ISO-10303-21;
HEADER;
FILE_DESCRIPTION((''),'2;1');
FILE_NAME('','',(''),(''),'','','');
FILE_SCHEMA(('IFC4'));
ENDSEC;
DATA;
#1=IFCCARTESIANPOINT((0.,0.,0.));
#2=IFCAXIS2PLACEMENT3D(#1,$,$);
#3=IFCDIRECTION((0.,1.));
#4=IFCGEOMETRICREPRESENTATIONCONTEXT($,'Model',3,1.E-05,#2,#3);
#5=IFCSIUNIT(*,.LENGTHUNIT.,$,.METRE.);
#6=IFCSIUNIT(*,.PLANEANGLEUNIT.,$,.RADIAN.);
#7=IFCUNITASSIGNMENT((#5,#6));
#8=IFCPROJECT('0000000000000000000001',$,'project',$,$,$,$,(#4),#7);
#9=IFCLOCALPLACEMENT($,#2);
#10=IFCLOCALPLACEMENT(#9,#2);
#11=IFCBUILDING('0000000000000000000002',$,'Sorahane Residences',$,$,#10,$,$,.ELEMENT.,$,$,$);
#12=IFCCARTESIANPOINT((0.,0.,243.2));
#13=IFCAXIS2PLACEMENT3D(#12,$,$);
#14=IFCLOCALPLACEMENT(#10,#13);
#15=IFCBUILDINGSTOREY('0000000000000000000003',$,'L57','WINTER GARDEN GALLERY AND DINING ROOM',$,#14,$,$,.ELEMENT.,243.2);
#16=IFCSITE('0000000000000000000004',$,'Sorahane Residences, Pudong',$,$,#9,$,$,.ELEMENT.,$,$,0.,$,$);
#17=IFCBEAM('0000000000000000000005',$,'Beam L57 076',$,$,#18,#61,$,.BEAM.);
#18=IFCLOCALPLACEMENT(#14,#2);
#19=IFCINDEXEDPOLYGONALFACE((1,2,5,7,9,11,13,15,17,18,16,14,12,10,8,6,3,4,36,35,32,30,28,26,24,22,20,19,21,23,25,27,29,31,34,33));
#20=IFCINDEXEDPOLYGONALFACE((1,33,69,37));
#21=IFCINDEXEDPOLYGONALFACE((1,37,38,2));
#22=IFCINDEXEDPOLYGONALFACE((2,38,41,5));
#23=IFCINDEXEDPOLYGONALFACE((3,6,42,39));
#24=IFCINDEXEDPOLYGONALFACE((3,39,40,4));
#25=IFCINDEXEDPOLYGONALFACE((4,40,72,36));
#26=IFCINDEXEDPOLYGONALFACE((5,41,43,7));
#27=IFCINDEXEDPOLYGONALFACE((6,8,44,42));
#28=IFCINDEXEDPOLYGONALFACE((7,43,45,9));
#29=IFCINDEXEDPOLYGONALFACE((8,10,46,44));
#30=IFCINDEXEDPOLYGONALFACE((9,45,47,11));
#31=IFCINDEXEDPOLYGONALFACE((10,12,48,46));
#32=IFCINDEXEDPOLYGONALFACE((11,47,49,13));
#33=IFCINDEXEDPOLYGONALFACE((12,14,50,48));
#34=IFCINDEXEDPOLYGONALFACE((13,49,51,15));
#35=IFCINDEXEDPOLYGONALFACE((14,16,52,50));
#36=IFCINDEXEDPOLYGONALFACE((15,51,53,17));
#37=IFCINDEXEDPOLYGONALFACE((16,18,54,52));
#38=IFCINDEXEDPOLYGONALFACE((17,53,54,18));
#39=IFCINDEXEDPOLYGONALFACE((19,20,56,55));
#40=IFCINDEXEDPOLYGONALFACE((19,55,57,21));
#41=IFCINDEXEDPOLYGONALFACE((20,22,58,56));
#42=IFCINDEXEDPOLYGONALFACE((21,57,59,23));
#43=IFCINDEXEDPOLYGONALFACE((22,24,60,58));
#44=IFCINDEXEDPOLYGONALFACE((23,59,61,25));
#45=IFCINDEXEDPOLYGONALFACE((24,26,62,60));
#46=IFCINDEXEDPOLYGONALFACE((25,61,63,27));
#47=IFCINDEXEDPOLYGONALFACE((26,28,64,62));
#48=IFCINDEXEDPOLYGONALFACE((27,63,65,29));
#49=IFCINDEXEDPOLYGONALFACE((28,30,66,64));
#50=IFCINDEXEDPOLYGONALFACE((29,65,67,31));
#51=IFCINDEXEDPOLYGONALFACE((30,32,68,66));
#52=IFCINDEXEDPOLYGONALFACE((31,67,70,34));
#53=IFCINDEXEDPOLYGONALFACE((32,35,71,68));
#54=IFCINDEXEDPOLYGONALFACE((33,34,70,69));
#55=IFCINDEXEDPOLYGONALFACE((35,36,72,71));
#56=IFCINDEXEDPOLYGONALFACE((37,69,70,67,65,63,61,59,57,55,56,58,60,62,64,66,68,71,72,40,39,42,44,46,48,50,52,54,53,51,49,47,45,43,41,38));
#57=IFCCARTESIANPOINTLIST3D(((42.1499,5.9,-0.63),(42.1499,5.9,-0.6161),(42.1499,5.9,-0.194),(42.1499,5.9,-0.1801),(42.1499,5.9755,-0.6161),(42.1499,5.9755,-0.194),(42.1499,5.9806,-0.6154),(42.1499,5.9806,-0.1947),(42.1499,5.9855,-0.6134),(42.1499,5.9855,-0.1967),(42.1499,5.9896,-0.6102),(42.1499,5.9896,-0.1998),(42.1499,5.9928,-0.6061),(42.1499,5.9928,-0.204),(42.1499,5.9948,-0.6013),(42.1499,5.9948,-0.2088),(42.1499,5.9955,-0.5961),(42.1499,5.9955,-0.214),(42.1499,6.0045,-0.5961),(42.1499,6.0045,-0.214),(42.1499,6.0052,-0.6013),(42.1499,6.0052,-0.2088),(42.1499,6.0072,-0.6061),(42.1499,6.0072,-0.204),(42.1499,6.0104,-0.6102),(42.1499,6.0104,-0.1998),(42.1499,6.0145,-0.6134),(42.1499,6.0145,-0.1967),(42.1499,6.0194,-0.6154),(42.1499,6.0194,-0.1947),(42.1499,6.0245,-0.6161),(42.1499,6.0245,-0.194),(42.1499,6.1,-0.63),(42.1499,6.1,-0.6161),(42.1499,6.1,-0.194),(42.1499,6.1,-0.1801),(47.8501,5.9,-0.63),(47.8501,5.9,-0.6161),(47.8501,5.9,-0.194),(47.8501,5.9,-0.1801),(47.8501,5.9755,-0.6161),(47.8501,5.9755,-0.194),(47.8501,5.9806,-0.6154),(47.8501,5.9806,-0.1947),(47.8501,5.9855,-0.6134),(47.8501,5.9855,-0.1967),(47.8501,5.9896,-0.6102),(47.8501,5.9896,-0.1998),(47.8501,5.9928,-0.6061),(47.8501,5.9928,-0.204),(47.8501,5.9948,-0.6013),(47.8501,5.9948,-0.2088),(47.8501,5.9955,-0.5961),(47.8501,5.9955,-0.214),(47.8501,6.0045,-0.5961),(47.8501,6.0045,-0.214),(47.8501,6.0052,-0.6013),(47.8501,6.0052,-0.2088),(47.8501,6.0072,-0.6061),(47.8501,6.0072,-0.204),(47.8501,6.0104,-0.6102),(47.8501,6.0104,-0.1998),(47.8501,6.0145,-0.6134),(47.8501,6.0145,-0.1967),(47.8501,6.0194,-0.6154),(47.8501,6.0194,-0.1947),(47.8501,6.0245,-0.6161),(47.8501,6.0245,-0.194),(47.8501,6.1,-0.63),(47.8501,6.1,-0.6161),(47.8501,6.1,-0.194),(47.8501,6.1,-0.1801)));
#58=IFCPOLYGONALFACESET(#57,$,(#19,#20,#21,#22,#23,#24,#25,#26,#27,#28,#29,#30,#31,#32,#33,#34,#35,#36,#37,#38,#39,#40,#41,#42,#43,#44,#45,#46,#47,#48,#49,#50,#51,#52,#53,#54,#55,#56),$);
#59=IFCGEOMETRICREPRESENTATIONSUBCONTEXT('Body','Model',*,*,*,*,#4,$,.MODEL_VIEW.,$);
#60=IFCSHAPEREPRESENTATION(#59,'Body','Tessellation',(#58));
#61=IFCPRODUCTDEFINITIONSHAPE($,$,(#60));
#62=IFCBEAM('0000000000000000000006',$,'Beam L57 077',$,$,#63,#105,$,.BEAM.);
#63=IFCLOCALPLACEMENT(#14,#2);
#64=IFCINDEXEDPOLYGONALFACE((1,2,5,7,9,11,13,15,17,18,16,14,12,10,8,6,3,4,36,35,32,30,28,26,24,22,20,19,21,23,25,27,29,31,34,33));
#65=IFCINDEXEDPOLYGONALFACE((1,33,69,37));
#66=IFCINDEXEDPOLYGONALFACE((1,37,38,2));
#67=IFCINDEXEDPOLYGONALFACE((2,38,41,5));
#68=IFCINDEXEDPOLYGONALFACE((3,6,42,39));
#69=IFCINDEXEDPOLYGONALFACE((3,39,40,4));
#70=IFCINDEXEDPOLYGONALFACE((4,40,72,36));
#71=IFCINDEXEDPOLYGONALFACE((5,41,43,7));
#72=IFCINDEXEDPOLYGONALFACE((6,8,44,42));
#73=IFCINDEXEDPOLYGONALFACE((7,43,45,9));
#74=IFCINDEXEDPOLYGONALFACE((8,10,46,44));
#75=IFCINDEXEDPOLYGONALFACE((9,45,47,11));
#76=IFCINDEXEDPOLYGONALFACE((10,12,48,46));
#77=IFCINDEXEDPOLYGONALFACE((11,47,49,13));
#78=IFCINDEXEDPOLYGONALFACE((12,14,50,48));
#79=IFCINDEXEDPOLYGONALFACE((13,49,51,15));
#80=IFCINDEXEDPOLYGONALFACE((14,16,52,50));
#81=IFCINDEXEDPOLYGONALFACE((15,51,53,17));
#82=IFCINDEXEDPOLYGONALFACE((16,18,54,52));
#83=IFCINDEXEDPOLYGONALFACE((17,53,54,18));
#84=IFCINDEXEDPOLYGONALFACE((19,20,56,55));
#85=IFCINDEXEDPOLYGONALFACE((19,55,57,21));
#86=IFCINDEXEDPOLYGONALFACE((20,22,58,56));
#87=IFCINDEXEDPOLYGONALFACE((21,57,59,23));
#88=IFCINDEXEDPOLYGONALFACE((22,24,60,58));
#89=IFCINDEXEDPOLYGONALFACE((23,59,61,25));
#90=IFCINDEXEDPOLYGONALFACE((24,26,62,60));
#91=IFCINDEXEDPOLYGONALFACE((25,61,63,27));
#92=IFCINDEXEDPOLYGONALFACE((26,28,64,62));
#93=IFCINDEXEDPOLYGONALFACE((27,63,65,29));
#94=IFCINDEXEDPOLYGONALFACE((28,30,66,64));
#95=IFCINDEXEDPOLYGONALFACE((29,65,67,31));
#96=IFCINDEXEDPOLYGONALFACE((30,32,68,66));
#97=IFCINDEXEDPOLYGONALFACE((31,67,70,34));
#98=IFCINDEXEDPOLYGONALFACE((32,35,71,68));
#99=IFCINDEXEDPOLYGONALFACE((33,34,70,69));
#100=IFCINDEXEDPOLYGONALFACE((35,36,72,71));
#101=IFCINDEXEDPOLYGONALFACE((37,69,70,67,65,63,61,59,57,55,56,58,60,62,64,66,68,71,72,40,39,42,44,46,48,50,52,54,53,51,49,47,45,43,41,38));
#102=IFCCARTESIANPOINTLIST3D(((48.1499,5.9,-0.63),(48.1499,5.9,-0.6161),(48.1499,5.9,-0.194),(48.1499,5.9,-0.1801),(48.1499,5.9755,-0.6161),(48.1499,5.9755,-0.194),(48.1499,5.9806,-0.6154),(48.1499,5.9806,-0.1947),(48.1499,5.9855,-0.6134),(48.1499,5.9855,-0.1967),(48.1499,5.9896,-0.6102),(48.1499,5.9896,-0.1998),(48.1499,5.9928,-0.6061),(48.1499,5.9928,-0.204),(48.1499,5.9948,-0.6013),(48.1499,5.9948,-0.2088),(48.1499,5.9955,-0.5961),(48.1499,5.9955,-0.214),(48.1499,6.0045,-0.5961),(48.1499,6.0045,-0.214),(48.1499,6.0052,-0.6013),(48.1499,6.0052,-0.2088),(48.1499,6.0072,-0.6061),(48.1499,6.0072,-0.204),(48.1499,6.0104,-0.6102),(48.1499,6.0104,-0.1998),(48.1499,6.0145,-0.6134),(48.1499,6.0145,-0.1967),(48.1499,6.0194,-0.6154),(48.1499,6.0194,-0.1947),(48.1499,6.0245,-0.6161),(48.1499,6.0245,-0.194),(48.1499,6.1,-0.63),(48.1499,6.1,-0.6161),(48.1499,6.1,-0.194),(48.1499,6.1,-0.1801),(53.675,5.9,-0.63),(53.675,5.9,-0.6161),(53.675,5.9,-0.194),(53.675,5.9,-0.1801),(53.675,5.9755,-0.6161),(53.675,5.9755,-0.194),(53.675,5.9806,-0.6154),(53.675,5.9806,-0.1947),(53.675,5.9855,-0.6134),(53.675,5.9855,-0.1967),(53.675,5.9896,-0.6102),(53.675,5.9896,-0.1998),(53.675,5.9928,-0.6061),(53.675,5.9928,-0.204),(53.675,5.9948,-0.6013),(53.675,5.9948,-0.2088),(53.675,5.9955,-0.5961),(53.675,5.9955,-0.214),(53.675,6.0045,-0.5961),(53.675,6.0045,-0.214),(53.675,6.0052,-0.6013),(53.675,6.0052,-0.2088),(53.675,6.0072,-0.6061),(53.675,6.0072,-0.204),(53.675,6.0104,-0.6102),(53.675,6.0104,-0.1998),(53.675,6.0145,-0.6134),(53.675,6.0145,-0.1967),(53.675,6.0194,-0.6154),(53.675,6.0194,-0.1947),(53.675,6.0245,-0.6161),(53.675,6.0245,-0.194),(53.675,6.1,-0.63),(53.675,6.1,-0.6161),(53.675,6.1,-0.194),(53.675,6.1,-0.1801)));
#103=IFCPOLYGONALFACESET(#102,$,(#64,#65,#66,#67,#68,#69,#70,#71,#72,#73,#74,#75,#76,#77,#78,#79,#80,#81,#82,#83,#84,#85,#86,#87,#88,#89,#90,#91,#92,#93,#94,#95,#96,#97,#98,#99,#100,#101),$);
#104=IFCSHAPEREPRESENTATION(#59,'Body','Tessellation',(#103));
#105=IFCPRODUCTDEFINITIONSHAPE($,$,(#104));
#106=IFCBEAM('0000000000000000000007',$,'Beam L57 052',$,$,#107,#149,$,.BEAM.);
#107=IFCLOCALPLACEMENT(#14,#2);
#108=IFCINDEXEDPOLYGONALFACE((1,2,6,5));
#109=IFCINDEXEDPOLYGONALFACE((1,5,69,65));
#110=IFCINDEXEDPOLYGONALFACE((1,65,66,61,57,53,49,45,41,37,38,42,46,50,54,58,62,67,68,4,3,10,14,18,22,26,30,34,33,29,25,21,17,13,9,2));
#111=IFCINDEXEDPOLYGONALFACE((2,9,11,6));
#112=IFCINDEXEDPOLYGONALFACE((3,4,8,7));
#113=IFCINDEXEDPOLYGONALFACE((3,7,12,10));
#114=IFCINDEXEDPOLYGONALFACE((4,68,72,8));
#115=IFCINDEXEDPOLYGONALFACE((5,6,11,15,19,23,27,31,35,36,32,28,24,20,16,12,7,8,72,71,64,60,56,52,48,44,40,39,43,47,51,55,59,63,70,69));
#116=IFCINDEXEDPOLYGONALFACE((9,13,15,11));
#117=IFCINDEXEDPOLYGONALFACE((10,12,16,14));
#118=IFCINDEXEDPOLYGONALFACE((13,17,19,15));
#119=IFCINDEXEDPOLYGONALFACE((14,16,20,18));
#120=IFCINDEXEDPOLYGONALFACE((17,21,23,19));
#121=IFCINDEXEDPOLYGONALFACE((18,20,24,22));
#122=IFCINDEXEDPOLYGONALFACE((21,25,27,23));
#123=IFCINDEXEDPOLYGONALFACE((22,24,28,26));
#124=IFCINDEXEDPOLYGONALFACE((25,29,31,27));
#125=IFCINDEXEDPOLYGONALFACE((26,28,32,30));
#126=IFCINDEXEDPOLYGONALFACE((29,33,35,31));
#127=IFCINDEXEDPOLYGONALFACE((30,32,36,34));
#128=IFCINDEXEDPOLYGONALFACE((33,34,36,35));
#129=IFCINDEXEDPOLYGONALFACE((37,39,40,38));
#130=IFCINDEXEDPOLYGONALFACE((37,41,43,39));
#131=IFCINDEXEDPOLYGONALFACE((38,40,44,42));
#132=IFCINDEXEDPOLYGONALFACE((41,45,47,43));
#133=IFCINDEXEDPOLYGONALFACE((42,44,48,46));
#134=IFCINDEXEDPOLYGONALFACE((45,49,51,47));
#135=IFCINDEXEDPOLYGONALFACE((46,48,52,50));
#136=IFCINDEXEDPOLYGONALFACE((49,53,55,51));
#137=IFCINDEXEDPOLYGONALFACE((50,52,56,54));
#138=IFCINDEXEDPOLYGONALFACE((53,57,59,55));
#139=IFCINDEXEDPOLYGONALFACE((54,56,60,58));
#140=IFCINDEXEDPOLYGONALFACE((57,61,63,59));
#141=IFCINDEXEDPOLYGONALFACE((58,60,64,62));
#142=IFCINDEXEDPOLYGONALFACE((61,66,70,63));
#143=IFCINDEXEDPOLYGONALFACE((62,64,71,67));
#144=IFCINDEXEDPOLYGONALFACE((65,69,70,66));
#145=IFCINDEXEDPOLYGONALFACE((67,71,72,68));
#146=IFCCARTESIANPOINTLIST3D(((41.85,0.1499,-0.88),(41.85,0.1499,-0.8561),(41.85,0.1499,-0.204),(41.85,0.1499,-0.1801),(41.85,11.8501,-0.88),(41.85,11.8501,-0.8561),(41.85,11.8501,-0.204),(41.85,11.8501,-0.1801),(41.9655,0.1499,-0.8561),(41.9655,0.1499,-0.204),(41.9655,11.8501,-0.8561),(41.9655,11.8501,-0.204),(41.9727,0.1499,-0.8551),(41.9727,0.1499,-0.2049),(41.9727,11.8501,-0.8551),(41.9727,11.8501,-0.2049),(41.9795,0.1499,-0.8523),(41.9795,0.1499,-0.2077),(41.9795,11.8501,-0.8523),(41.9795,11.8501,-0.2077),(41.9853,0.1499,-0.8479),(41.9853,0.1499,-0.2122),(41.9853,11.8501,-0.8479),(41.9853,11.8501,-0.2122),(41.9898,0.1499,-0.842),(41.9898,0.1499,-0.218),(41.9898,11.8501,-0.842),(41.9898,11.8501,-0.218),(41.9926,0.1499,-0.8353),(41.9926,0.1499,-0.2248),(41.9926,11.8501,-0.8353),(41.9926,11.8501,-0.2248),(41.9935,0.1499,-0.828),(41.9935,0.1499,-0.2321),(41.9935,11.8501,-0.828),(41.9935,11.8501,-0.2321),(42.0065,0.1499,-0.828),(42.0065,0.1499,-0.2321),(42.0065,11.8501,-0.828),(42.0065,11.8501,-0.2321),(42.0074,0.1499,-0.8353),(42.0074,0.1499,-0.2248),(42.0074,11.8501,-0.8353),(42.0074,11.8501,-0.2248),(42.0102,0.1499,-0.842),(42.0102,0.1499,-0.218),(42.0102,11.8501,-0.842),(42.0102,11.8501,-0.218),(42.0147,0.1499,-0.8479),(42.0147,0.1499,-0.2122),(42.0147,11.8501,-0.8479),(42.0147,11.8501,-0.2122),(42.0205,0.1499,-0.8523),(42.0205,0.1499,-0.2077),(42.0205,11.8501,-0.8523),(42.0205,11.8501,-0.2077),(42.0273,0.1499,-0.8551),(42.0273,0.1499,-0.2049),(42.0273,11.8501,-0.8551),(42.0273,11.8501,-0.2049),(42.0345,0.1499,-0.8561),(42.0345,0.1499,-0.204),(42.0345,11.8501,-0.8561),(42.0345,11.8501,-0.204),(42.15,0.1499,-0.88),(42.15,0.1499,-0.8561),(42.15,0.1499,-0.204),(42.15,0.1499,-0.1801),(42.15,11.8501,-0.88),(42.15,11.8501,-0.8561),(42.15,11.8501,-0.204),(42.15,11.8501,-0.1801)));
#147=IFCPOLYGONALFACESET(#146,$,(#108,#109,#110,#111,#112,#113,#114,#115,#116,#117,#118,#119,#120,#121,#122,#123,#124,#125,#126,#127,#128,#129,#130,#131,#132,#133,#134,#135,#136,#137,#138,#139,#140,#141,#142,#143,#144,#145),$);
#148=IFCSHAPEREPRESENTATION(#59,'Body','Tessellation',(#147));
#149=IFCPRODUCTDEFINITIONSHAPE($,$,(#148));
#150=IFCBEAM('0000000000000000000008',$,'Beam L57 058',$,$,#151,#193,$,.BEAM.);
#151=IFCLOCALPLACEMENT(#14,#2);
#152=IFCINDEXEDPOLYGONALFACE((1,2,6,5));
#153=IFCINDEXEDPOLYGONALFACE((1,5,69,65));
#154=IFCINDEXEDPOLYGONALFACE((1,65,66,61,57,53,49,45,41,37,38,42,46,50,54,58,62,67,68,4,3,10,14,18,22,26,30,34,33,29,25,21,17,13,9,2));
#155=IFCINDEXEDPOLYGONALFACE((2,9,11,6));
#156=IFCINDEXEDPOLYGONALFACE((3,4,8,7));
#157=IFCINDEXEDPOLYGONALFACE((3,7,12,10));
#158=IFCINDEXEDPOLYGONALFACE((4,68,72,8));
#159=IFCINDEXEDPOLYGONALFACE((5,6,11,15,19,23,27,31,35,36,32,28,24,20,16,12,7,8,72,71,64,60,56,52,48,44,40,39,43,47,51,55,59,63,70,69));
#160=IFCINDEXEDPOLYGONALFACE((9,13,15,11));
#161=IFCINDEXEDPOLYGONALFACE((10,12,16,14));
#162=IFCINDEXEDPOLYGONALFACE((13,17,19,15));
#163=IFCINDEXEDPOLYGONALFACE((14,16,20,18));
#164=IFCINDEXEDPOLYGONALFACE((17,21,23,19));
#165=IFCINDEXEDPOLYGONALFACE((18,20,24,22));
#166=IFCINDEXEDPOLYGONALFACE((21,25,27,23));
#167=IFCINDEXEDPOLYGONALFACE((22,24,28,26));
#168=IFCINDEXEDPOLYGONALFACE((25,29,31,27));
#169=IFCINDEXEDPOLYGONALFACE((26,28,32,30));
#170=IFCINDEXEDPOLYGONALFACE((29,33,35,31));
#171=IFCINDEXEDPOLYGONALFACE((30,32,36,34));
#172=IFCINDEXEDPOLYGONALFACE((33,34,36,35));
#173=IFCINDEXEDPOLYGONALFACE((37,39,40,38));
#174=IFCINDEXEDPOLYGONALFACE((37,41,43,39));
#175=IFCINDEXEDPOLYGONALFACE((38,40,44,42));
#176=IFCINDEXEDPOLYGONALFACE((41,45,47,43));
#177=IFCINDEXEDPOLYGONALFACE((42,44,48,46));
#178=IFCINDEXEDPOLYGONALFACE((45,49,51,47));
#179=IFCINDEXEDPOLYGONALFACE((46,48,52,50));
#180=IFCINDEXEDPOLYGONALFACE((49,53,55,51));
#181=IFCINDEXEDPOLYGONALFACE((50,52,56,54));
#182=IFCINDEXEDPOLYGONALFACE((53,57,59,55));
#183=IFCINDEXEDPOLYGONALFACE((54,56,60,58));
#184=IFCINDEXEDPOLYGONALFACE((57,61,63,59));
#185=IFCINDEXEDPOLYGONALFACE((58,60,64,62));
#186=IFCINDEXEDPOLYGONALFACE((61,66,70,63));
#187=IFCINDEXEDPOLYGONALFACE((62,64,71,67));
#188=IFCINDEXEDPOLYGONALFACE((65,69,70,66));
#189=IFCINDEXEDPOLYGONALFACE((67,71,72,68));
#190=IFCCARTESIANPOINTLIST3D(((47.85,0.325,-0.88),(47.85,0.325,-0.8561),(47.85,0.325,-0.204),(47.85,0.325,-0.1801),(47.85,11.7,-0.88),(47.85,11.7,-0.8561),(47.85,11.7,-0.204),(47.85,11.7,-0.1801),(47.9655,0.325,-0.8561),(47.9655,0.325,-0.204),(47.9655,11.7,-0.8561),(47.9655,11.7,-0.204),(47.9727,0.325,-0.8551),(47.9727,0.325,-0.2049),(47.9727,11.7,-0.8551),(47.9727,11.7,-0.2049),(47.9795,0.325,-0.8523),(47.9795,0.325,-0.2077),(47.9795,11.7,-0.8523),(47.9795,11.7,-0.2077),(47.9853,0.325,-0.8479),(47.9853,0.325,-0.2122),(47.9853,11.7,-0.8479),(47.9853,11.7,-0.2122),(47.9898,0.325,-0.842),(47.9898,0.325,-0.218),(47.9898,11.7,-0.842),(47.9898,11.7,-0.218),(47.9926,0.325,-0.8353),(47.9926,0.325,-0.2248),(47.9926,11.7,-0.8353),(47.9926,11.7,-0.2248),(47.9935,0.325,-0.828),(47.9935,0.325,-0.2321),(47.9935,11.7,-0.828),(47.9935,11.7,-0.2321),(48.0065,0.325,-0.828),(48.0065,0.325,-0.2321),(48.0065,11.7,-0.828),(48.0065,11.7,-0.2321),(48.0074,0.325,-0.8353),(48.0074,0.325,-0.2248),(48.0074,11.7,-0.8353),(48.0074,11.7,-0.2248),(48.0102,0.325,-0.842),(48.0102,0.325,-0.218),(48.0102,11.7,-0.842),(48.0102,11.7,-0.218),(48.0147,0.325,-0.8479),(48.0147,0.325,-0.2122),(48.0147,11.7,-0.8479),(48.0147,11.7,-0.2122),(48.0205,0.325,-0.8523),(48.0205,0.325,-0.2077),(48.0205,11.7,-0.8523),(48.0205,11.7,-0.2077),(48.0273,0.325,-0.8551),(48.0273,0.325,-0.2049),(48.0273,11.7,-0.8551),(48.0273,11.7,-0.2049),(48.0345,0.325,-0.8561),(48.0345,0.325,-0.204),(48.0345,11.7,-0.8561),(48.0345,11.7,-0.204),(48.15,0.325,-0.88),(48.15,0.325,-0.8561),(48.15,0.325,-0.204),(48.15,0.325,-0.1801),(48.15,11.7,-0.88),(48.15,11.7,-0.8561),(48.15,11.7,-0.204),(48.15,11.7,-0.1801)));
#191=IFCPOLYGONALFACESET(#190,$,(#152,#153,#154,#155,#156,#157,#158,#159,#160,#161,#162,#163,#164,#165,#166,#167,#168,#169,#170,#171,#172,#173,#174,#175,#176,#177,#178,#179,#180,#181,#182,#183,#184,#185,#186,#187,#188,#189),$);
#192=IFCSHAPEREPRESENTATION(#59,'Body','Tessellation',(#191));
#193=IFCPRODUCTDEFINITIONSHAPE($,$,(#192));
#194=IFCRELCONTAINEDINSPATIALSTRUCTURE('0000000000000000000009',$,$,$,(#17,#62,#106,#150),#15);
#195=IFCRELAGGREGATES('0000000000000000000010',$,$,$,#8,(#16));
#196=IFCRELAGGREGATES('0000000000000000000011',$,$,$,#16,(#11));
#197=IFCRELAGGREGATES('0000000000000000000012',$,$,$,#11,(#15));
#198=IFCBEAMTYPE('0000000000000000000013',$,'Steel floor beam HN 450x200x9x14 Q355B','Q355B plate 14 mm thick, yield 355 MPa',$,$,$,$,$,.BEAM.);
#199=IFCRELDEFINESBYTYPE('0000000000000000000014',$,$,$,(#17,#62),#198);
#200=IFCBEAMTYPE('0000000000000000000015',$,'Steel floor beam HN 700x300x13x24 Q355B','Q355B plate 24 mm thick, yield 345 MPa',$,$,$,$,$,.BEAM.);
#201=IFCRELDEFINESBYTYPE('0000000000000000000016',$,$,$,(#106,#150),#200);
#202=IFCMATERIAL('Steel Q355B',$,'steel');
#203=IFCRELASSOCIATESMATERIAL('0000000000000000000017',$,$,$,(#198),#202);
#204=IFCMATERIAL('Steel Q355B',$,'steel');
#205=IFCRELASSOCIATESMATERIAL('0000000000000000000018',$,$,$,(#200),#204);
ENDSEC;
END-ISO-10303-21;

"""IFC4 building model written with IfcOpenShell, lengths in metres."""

from ifc_helpers import new_model, si_unit, direction, frame, origin, origin_2d, place, context, subcontext, project, spatial, i_section, extrude, material, material_profile, profile_set, type_object, element, save


model = new_model("IFC4")

# Units and contexts
model_context = context("Model", 3, precision=1e-05, world=origin(), true_north=direction((0.0, 1.0)))
body_context = subcontext(model_context, "Body", "Model", "MODEL_VIEW")
ifc_project = project(units=[si_unit("LENGTHUNIT", "METRE"), si_unit("PLANEANGLEUNIT", "RADIAN")], contexts=[model_context])

# Site, building, storey
site_placement = place(None, origin())
site = spatial("IfcSite", under=ifc_project, at=site_placement, Name="Sorahane Residences, Pudong", CompositionType="ELEMENT", RefElevation=0.0)
building_placement = place(site_placement, origin())
building = spatial("IfcBuilding", under=site, at=building_placement, Name="Sorahane Residences", CompositionType="ELEMENT")
storey_placement = place(building_placement, frame((0.0, 0.0, 243.2)))
storey = spatial("IfcBuildingStorey", under=building, at=storey_placement, Name="L57", Description="WINTER GARDEN GALLERY AND DINING ROOM", CompositionType="ELEMENT", Elevation=243.2)

# Beams
ifc_material_1 = material(Name="Steel Q355B", Category="steel")
ifc_material_profile_1 = material_profile(ifc_material_1, i_section(OverallWidth=0.2, OverallDepth=0.45, WebThickness=0.009, FlangeThickness=0.0139, FilletRadius=0.02, at=origin_2d()), Name="HN 450x200x9x14")
ifc_profile_set_1 = profile_set([ifc_material_profile_1], Name="Steel Q355B")
beam_type_1 = type_object("IfcBeamType", Name="Steel floor beam HN 450x200x9x14 Q355B", Description="Q355B plate 14 mm thick, yield 355 MPa", PredefinedType="BEAM", material=ifc_profile_set_1)
beam_1_placement = place(storey_placement, frame((42.1499, 6.0, -0.405), z_axis=(1.0, 0.0, 0.0), x_axis=(0.0, 1.0, 0.0)))
element("IfcBeam", 1, at=beam_1_placement, inside=storey, type_object=beam_type_1, Name="Beam L57 076", PredefinedType="BEAM", context=body_context, shape_type="SweptSolid", body=[
    extrude(i_section(OverallWidth=0.2, OverallDepth=0.45, WebThickness=0.009, FlangeThickness=0.0139, FilletRadius=0.02, at=origin_2d()), origin(), (0.0, 0.0, 1.0), 5.7002),
])
beam_2_placement = place(storey_placement, frame((48.1499, 6.0, -0.405), z_axis=(1.0, 0.0, 0.0), x_axis=(0.0, 1.0, 0.0)))
element("IfcBeam", 2, at=beam_2_placement, inside=storey, type_object=beam_type_1, Name="Beam L57 077", PredefinedType="BEAM", context=body_context, shape_type="SweptSolid", body=[
    extrude(i_section(OverallWidth=0.2, OverallDepth=0.45, WebThickness=0.009, FlangeThickness=0.0139, FilletRadius=0.02, at=origin_2d()), origin(), (0.0, 0.0, 1.0), 5.5251),
])
ifc_material_2 = material(Name="Steel Q355B", Category="steel")
ifc_material_profile_2 = material_profile(ifc_material_2, i_section(OverallWidth=0.3, OverallDepth=0.7, WebThickness=0.0129, FlangeThickness=0.0239, FilletRadius=0.0281, at=origin_2d()), Name="HN 700x300x13x24")
ifc_profile_set_2 = profile_set([ifc_material_profile_2], Name="Steel Q355B")
beam_type_2 = type_object("IfcBeamType", Name="Steel floor beam HN 700x300x13x24 Q355B", Description="Q355B plate 24 mm thick, yield 345 MPa", PredefinedType="BEAM", material=ifc_profile_set_2)
beam_3_placement = place(storey_placement, frame((42.0, 0.1499, -0.53), z_axis=(0.0, 1.0, 0.0), x_axis=(-1.0, 0.0, 0.0)))
element("IfcBeam", 3, at=beam_3_placement, inside=storey, type_object=beam_type_2, Name="Beam L57 052", PredefinedType="BEAM", context=body_context, shape_type="SweptSolid", body=[
    extrude(i_section(OverallWidth=0.3, OverallDepth=0.7, WebThickness=0.0129, FlangeThickness=0.0239, FilletRadius=0.0281, at=origin_2d()), origin(), (0.0, 0.0, 1.0), 11.7002),
])
beam_4_placement = place(storey_placement, frame((48.0, 0.325, -0.53), z_axis=(0.0, 1.0, 0.0), x_axis=(-1.0, 0.0, 0.0)))
element("IfcBeam", 4, at=beam_4_placement, inside=storey, type_object=beam_type_2, Name="Beam L57 058", PredefinedType="BEAM", context=body_context, shape_type="SweptSolid", body=[
    extrude(i_section(OverallWidth=0.3, OverallDepth=0.7, WebThickness=0.0129, FlangeThickness=0.0239, FilletRadius=0.0281, at=origin_2d()), origin(), (0.0, 0.0, 1.0), 11.375),
])

save(model, "model.ifc")
